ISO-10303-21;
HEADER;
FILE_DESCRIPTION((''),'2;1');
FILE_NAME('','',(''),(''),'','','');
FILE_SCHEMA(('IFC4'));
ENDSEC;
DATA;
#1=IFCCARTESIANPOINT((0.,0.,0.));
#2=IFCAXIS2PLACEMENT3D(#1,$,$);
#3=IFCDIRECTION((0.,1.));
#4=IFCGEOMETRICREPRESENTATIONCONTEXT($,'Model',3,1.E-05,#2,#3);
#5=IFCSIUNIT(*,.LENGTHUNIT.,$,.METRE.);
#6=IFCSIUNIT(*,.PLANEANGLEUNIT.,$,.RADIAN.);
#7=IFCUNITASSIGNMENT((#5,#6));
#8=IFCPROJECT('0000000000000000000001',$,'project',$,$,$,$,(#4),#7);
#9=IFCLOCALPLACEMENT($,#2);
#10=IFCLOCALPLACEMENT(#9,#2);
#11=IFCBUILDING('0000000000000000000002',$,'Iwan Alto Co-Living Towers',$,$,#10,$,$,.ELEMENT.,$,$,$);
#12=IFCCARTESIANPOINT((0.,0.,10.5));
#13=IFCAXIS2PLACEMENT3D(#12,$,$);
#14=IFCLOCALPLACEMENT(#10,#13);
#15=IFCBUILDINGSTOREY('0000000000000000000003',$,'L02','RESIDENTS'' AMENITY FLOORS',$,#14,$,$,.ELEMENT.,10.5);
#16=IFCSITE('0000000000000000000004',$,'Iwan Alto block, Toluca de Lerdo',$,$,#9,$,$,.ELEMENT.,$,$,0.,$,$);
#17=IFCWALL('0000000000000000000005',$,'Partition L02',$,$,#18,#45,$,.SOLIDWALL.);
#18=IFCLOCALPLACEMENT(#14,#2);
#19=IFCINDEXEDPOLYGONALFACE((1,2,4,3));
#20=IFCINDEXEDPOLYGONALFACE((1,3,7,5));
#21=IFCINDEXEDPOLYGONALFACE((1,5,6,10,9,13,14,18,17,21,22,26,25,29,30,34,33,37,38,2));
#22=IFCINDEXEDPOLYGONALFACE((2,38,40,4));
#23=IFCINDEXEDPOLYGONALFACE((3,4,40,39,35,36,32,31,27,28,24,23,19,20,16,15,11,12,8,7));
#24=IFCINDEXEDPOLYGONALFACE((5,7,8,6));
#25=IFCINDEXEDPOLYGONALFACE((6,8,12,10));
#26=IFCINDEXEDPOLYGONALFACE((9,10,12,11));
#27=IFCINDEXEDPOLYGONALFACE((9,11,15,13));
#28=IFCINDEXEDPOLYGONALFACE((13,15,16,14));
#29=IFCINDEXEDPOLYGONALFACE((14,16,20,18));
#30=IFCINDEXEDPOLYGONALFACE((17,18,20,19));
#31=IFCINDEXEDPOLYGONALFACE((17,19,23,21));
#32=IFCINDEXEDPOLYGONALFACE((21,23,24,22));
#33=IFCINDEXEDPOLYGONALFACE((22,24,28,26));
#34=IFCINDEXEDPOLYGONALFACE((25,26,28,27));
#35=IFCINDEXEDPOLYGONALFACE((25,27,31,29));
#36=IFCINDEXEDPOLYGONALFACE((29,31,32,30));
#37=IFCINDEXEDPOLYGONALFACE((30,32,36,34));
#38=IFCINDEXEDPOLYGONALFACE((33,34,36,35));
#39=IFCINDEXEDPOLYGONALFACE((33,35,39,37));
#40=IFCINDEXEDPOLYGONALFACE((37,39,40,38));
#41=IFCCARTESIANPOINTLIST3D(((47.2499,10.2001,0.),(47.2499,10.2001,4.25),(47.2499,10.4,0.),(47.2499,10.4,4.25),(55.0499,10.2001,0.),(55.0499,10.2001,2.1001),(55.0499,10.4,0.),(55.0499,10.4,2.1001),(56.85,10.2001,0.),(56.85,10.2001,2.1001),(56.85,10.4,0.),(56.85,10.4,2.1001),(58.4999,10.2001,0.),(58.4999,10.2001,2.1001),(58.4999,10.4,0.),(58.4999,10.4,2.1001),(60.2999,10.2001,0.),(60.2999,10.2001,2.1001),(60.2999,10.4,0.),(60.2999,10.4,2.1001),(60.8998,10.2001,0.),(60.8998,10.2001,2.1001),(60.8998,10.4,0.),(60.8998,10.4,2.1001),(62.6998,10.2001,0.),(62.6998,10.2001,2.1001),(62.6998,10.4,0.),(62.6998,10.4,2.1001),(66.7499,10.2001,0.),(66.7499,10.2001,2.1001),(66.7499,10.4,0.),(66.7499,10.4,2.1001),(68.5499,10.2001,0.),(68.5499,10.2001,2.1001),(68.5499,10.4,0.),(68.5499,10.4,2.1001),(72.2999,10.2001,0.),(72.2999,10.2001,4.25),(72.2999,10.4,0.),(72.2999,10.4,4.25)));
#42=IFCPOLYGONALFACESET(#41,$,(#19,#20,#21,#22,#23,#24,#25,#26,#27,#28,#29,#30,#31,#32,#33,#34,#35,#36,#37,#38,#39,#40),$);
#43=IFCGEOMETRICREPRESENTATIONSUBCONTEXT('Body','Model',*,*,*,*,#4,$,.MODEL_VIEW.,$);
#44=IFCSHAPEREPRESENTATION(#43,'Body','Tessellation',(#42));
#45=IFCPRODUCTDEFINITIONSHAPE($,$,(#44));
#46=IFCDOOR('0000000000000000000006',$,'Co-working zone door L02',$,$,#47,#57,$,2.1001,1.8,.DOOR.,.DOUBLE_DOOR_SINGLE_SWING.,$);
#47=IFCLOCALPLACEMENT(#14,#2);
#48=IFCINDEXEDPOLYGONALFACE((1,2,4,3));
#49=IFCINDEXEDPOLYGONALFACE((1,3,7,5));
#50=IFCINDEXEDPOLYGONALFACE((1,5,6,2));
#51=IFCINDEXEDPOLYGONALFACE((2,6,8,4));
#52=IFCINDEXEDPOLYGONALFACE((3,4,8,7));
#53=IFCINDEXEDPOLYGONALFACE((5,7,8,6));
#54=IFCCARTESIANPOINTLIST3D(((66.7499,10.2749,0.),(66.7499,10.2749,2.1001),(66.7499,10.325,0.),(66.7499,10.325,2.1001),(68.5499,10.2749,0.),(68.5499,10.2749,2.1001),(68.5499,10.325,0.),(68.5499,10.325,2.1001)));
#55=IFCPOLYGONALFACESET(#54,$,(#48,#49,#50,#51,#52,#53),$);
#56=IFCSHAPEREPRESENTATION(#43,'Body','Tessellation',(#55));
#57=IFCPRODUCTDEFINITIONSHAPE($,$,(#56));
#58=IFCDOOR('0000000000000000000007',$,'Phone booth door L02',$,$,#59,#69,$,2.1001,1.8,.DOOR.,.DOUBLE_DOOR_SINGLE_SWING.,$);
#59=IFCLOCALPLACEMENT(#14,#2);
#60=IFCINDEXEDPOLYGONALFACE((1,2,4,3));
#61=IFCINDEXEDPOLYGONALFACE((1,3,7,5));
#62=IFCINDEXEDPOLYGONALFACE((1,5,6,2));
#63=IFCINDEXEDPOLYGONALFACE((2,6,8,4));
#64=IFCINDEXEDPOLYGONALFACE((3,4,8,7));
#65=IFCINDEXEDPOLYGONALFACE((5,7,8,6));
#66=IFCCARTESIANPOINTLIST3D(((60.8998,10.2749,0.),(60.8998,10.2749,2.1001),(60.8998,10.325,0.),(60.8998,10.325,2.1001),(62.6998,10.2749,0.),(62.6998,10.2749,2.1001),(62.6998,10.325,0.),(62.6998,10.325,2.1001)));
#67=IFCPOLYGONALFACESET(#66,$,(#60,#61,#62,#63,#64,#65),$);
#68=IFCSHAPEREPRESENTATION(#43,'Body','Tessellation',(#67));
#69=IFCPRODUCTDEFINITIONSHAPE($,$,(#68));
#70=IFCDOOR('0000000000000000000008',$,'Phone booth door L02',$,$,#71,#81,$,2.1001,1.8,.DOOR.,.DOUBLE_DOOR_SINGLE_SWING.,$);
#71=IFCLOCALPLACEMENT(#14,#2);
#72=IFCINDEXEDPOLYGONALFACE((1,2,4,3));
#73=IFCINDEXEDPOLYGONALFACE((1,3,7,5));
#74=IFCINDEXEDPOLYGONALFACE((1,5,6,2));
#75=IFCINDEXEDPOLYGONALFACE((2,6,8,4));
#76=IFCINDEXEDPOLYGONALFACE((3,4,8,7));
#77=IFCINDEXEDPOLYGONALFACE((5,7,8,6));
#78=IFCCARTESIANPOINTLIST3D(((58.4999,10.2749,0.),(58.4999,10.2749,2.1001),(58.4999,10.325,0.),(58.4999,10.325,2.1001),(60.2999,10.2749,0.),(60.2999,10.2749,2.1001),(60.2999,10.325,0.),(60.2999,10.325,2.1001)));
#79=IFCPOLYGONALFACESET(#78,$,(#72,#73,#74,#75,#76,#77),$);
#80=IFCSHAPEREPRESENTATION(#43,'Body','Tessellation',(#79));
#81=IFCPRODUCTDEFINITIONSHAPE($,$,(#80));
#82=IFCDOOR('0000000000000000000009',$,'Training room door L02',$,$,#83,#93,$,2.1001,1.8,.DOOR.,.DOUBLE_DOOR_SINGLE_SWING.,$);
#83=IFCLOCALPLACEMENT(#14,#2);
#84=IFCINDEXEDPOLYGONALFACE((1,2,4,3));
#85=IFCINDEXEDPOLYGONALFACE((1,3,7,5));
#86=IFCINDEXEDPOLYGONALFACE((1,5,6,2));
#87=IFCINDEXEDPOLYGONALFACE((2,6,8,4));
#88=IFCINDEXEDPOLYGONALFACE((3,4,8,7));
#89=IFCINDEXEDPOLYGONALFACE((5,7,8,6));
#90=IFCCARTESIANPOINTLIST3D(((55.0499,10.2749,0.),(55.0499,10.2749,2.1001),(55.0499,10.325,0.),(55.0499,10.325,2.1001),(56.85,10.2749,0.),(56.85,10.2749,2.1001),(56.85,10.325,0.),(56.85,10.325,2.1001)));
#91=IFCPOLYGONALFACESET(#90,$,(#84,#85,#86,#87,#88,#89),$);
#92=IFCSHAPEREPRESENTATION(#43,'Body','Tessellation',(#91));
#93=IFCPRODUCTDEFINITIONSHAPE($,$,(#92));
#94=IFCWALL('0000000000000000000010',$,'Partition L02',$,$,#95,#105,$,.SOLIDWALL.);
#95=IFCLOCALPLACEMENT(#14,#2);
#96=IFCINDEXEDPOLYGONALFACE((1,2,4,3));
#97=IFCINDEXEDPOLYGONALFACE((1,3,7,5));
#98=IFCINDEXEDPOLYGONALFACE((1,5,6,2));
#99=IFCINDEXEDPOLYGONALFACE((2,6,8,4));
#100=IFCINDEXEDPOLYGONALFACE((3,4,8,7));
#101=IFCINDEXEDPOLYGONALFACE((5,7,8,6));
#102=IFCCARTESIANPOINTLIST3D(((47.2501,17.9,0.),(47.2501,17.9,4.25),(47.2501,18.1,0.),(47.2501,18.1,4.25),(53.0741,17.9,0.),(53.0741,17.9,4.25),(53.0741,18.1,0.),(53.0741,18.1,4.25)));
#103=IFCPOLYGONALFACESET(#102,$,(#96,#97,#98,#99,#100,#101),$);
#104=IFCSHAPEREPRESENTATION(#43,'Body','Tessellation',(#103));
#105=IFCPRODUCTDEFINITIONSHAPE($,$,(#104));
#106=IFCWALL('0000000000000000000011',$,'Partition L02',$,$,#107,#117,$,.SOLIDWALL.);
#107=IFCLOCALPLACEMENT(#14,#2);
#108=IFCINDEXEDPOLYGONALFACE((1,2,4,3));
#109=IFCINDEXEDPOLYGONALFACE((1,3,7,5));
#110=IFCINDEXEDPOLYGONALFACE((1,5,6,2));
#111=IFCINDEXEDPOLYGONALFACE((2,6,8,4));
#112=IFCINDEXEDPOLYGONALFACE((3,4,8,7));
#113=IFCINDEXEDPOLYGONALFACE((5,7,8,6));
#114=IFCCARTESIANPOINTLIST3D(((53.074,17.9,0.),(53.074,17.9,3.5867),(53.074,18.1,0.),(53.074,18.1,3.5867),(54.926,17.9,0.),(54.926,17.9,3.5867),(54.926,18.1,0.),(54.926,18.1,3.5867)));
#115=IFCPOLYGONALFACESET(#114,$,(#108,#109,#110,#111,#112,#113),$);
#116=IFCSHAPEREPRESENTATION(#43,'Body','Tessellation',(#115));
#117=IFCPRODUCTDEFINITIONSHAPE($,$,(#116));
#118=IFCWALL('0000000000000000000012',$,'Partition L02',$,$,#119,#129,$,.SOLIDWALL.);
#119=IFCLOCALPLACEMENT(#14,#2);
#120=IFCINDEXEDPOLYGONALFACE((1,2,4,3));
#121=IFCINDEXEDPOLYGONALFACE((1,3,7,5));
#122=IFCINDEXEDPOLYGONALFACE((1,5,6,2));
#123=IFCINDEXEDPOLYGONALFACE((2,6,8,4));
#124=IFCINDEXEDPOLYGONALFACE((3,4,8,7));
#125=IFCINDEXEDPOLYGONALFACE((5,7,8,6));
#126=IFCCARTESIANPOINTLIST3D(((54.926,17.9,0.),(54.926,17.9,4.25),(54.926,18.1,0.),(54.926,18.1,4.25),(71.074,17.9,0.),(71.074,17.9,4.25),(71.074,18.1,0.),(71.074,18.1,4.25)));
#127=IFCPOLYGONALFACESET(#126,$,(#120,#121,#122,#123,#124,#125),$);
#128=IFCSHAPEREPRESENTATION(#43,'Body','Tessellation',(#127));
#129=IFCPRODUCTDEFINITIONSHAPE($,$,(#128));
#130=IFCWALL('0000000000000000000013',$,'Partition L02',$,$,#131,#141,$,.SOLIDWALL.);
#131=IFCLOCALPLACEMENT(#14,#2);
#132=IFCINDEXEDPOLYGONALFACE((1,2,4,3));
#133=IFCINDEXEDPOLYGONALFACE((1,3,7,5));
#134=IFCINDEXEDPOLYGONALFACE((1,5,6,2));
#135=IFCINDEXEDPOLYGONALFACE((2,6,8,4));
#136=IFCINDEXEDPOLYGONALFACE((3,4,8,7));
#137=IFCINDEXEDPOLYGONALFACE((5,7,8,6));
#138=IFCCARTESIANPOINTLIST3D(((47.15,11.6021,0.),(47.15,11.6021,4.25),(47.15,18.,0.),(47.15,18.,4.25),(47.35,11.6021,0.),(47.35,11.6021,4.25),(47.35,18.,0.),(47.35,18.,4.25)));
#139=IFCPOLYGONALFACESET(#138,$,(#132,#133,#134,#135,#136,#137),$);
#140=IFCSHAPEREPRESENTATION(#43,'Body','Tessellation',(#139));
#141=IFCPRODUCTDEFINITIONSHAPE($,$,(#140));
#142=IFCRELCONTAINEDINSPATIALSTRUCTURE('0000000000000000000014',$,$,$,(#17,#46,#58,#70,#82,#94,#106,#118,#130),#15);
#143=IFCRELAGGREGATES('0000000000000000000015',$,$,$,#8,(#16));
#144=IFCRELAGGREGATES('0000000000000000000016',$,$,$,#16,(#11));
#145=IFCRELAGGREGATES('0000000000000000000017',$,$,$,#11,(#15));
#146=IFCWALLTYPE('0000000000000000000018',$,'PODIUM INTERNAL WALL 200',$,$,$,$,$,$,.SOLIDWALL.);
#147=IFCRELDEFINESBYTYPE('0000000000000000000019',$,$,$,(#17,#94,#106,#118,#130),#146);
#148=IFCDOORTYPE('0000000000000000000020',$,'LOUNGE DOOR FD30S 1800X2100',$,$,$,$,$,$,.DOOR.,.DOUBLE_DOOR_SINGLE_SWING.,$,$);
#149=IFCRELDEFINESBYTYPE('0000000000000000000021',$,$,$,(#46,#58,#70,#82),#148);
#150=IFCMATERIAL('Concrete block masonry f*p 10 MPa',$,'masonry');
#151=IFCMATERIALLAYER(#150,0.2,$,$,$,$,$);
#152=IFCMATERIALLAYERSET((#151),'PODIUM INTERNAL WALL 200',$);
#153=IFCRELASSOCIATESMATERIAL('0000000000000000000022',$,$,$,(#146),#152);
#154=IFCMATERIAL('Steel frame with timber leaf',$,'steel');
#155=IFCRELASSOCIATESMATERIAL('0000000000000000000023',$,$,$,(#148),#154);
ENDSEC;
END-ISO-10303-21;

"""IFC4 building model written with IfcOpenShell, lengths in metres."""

from ifc_helpers import new_model, si_unit, direction, frame, frame_2d, origin, place, context, subcontext, project, spatial, rectangle, extrude, material, layer, layer_set, type_object, element, fill, save


model = new_model("IFC4")

# Units and contexts
model_context = context("Model", 3, precision=1e-05, world=origin(), true_north=direction((0.0, 1.0)))
body_context = subcontext(model_context, "Body", "Model", "MODEL_VIEW")
ifc_project = project(units=[si_unit("LENGTHUNIT", "METRE"), si_unit("PLANEANGLEUNIT", "RADIAN")], contexts=[model_context])

# Site, building, storey
site_placement = place(None, origin())
site = spatial("IfcSite", under=ifc_project, at=site_placement, Name="Iwan Alto block, Toluca de Lerdo", CompositionType="ELEMENT", RefElevation=0.0)
building_placement = place(site_placement, origin())
building = spatial("IfcBuilding", under=site, at=building_placement, Name="Iwan Alto Co-Living Towers", CompositionType="ELEMENT")
storey_placement = place(building_placement, frame((0.0, 0.0, 10.5)))
storey = spatial("IfcBuildingStorey", under=building, at=storey_placement, Name="L02", Description="RESIDENTS' AMENITY FLOORS", CompositionType="ELEMENT", Elevation=10.5)

# Wall, openings, doors
ifc_material_1 = material(Name="Concrete block masonry f*p 10 MPa", Category="masonry")
ifc_layer = layer(ifc_material_1, 0.2)
ifc_layer_set = layer_set([ifc_layer], Name="PODIUM INTERNAL WALL 200")
wall_type = type_object("IfcWallType", Name="PODIUM INTERNAL WALL 200", PredefinedType="SOLIDWALL", material=ifc_layer_set)
wall_1_placement = place(storey_placement, frame((47.25, 10.3, 0.0), z_axis=(0.0, 0.0, 1.0), x_axis=(1.0, 0.0, 0.0)))
wall_1 = element("IfcWall", 1, at=wall_1_placement, inside=storey, type_object=wall_type, Name="Partition L02", PredefinedType="SOLIDWALL", context=body_context, shape_type="SweptSolid", body=[
    extrude(rectangle(XDim=25.05, YDim=0.2, at=frame_2d((12.5249, 0.0))), origin(), (0.0, 0.0, 1.0), 4.25),
])
opening_1_placement = place(wall_1_placement, frame((19.5, 0.0, 0.0)))
opening_1 = element("IfcOpeningElement", 2, at=opening_1_placement, cuts=wall_1, PredefinedType="OPENING", context=body_context, shape_type="SweptSolid", body=[
    extrude(rectangle(XDim=1.8, YDim=2.1001, at=frame_2d((0.8999, 1.05))), frame((0.0, 0.1099, 0.0), z_axis=(0.0, -1.0, 0.0), x_axis=(1.0, 0.0, 0.0)), (0.0, 0.0, 1.0), 0.22),
])
opening_2_placement = place(wall_1_placement, frame((13.6499, 0.0, 0.0)))
opening_2 = element("IfcOpeningElement", 3, at=opening_2_placement, cuts=wall_1, PredefinedType="OPENING", context=body_context, shape_type="SweptSolid", body=[
    extrude(rectangle(XDim=1.8, YDim=2.1001, at=frame_2d((0.8999, 1.05))), frame((0.0, 0.1099, 0.0), z_axis=(0.0, -1.0, 0.0), x_axis=(1.0, 0.0, 0.0)), (0.0, 0.0, 1.0), 0.22),
])
opening_3_placement = place(wall_1_placement, frame((11.25, 0.0, 0.0)))
opening_3 = element("IfcOpeningElement", 4, at=opening_3_placement, cuts=wall_1, PredefinedType="OPENING", context=body_context, shape_type="SweptSolid", body=[
    extrude(rectangle(XDim=1.8, YDim=2.1001, at=frame_2d((0.8999, 1.05))), frame((0.0, 0.1099, 0.0), z_axis=(0.0, -1.0, 0.0), x_axis=(1.0, 0.0, 0.0)), (0.0, 0.0, 1.0), 0.22),
])
opening_4_placement = place(wall_1_placement, frame((7.8, 0.0, 0.0)))
opening_4 = element("IfcOpeningElement", 5, at=opening_4_placement, cuts=wall_1, PredefinedType="OPENING", context=body_context, shape_type="SweptSolid", body=[
    extrude(rectangle(XDim=1.8, YDim=2.1001, at=frame_2d((0.8999, 1.05))), frame((0.0, 0.1099, 0.0), z_axis=(0.0, -1.0, 0.0), x_axis=(1.0, 0.0, 0.0)), (0.0, 0.0, 1.0), 0.22),
])
ifc_material_2 = material(Name="Steel frame with timber leaf", Category="steel")
door_type = type_object("IfcDoorType", Name="LOUNGE DOOR FD30S 1800X2100", OperationType="DOUBLE_DOOR_SINGLE_SWING", PredefinedType="DOOR", material=ifc_material_2)
door_1_placement = place(opening_1_placement, origin())
door_1 = element("IfcDoor", 6, at=door_1_placement, inside=storey, type_object=door_type, Name="Co-working zone door L02", OperationType="DOUBLE_DOOR_SINGLE_SWING", OverallHeight=2.1001, OverallWidth=1.8, PredefinedType="DOOR", context=body_context, shape_type="SweptSolid", body=[
    extrude(rectangle(XDim=1.8, YDim=2.1001, at=frame_2d((0.8999, 1.05))), frame((0.0, 0.0249, 0.0), z_axis=(0.0, -1.0, 0.0), x_axis=(1.0, 0.0, 0.0)), (0.0, 0.0, 1.0), 0.05),
])
fill(opening_1, door_1)
door_2_placement = place(opening_2_placement, origin())
door_2 = element("IfcDoor", 7, at=door_2_placement, inside=storey, type_object=door_type, Name="Phone booth door L02", OperationType="DOUBLE_DOOR_SINGLE_SWING", OverallHeight=2.1001, OverallWidth=1.8, PredefinedType="DOOR", context=body_context, shape_type="SweptSolid", body=[
    extrude(rectangle(XDim=1.8, YDim=2.1001, at=frame_2d((0.8999, 1.05))), frame((0.0, 0.0249, 0.0), z_axis=(0.0, -1.0, 0.0), x_axis=(1.0, 0.0, 0.0)), (0.0, 0.0, 1.0), 0.05),
])
fill(opening_2, door_2)
door_3_placement = place(opening_3_placement, origin())
door_3 = element("IfcDoor", 8, at=door_3_placement, inside=storey, type_object=door_type, Name="Phone booth door L02", OperationType="DOUBLE_DOOR_SINGLE_SWING", OverallHeight=2.1001, OverallWidth=1.8, PredefinedType="DOOR", context=body_context, shape_type="SweptSolid", body=[
    extrude(rectangle(XDim=1.8, YDim=2.1001, at=frame_2d((0.8999, 1.05))), frame((0.0, 0.0249, 0.0), z_axis=(0.0, -1.0, 0.0), x_axis=(1.0, 0.0, 0.0)), (0.0, 0.0, 1.0), 0.05),
])
fill(opening_3, door_3)
door_4_placement = place(opening_4_placement, origin())
door_4 = element("IfcDoor", 9, at=door_4_placement, inside=storey, type_object=door_type, Name="Training room door L02", OperationType="DOUBLE_DOOR_SINGLE_SWING", OverallHeight=2.1001, OverallWidth=1.8, PredefinedType="DOOR", context=body_context, shape_type="SweptSolid", body=[
    extrude(rectangle(XDim=1.8, YDim=2.1001, at=frame_2d((0.8999, 1.05))), frame((0.0, 0.0249, 0.0), z_axis=(0.0, -1.0, 0.0), x_axis=(1.0, 0.0, 0.0)), (0.0, 0.0, 1.0), 0.05),
])
fill(opening_4, door_4)

# Walls
wall_2_placement = place(storey_placement, frame((47.25, 18.0, 0.0), z_axis=(0.0, 0.0, 1.0), x_axis=(1.0, 0.0, 0.0)))
element("IfcWall", 10, at=wall_2_placement, inside=storey, type_object=wall_type, Name="Partition L02", PredefinedType="SOLIDWALL", context=body_context, shape_type="SweptSolid", body=[
    extrude(rectangle(XDim=5.824, YDim=0.2, at=frame_2d((2.9121, 0.0))), origin(), (0.0, 0.0, 1.0), 4.25),
])
wall_3_placement = place(storey_placement, frame((53.074, 18.0, 0.0), z_axis=(0.0, 0.0, 1.0), x_axis=(1.0, 0.0, 0.0)))
element("IfcWall", 11, at=wall_3_placement, inside=storey, type_object=wall_type, Name="Partition L02", PredefinedType="SOLIDWALL", context=body_context, shape_type="SweptSolid", body=[
    extrude(rectangle(XDim=1.8521, YDim=0.2, at=frame_2d((0.926, 0.0))), origin(), (0.0, 0.0, 1.0), 3.5867),
])
wall_4_placement = place(storey_placement, frame((54.926, 18.0, 0.0), z_axis=(0.0, 0.0, 1.0), x_axis=(1.0, 0.0, 0.0)))
element("IfcWall", 12, at=wall_4_placement, inside=storey, type_object=wall_type, Name="Partition L02", PredefinedType="SOLIDWALL", context=body_context, shape_type="SweptSolid", body=[
    extrude(rectangle(XDim=16.1479, YDim=0.2, at=frame_2d((8.074, 0.0))), origin(), (0.0, 0.0, 1.0), 4.25),
])
wall_5_placement = place(storey_placement, frame((47.25, 11.6021, 0.0), z_axis=(0.0, 0.0, 1.0), x_axis=(0.0, 1.0, 0.0)))
element("IfcWall", 13, at=wall_5_placement, inside=storey, type_object=wall_type, Name="Partition L02", PredefinedType="SOLIDWALL", context=body_context, shape_type="SweptSolid", body=[
    extrude(rectangle(XDim=6.3979, YDim=0.2, at=frame_2d((3.199, 0.0))), origin(), (0.0, 0.0, 1.0), 4.25),
])

save(model, "model.ifc")
